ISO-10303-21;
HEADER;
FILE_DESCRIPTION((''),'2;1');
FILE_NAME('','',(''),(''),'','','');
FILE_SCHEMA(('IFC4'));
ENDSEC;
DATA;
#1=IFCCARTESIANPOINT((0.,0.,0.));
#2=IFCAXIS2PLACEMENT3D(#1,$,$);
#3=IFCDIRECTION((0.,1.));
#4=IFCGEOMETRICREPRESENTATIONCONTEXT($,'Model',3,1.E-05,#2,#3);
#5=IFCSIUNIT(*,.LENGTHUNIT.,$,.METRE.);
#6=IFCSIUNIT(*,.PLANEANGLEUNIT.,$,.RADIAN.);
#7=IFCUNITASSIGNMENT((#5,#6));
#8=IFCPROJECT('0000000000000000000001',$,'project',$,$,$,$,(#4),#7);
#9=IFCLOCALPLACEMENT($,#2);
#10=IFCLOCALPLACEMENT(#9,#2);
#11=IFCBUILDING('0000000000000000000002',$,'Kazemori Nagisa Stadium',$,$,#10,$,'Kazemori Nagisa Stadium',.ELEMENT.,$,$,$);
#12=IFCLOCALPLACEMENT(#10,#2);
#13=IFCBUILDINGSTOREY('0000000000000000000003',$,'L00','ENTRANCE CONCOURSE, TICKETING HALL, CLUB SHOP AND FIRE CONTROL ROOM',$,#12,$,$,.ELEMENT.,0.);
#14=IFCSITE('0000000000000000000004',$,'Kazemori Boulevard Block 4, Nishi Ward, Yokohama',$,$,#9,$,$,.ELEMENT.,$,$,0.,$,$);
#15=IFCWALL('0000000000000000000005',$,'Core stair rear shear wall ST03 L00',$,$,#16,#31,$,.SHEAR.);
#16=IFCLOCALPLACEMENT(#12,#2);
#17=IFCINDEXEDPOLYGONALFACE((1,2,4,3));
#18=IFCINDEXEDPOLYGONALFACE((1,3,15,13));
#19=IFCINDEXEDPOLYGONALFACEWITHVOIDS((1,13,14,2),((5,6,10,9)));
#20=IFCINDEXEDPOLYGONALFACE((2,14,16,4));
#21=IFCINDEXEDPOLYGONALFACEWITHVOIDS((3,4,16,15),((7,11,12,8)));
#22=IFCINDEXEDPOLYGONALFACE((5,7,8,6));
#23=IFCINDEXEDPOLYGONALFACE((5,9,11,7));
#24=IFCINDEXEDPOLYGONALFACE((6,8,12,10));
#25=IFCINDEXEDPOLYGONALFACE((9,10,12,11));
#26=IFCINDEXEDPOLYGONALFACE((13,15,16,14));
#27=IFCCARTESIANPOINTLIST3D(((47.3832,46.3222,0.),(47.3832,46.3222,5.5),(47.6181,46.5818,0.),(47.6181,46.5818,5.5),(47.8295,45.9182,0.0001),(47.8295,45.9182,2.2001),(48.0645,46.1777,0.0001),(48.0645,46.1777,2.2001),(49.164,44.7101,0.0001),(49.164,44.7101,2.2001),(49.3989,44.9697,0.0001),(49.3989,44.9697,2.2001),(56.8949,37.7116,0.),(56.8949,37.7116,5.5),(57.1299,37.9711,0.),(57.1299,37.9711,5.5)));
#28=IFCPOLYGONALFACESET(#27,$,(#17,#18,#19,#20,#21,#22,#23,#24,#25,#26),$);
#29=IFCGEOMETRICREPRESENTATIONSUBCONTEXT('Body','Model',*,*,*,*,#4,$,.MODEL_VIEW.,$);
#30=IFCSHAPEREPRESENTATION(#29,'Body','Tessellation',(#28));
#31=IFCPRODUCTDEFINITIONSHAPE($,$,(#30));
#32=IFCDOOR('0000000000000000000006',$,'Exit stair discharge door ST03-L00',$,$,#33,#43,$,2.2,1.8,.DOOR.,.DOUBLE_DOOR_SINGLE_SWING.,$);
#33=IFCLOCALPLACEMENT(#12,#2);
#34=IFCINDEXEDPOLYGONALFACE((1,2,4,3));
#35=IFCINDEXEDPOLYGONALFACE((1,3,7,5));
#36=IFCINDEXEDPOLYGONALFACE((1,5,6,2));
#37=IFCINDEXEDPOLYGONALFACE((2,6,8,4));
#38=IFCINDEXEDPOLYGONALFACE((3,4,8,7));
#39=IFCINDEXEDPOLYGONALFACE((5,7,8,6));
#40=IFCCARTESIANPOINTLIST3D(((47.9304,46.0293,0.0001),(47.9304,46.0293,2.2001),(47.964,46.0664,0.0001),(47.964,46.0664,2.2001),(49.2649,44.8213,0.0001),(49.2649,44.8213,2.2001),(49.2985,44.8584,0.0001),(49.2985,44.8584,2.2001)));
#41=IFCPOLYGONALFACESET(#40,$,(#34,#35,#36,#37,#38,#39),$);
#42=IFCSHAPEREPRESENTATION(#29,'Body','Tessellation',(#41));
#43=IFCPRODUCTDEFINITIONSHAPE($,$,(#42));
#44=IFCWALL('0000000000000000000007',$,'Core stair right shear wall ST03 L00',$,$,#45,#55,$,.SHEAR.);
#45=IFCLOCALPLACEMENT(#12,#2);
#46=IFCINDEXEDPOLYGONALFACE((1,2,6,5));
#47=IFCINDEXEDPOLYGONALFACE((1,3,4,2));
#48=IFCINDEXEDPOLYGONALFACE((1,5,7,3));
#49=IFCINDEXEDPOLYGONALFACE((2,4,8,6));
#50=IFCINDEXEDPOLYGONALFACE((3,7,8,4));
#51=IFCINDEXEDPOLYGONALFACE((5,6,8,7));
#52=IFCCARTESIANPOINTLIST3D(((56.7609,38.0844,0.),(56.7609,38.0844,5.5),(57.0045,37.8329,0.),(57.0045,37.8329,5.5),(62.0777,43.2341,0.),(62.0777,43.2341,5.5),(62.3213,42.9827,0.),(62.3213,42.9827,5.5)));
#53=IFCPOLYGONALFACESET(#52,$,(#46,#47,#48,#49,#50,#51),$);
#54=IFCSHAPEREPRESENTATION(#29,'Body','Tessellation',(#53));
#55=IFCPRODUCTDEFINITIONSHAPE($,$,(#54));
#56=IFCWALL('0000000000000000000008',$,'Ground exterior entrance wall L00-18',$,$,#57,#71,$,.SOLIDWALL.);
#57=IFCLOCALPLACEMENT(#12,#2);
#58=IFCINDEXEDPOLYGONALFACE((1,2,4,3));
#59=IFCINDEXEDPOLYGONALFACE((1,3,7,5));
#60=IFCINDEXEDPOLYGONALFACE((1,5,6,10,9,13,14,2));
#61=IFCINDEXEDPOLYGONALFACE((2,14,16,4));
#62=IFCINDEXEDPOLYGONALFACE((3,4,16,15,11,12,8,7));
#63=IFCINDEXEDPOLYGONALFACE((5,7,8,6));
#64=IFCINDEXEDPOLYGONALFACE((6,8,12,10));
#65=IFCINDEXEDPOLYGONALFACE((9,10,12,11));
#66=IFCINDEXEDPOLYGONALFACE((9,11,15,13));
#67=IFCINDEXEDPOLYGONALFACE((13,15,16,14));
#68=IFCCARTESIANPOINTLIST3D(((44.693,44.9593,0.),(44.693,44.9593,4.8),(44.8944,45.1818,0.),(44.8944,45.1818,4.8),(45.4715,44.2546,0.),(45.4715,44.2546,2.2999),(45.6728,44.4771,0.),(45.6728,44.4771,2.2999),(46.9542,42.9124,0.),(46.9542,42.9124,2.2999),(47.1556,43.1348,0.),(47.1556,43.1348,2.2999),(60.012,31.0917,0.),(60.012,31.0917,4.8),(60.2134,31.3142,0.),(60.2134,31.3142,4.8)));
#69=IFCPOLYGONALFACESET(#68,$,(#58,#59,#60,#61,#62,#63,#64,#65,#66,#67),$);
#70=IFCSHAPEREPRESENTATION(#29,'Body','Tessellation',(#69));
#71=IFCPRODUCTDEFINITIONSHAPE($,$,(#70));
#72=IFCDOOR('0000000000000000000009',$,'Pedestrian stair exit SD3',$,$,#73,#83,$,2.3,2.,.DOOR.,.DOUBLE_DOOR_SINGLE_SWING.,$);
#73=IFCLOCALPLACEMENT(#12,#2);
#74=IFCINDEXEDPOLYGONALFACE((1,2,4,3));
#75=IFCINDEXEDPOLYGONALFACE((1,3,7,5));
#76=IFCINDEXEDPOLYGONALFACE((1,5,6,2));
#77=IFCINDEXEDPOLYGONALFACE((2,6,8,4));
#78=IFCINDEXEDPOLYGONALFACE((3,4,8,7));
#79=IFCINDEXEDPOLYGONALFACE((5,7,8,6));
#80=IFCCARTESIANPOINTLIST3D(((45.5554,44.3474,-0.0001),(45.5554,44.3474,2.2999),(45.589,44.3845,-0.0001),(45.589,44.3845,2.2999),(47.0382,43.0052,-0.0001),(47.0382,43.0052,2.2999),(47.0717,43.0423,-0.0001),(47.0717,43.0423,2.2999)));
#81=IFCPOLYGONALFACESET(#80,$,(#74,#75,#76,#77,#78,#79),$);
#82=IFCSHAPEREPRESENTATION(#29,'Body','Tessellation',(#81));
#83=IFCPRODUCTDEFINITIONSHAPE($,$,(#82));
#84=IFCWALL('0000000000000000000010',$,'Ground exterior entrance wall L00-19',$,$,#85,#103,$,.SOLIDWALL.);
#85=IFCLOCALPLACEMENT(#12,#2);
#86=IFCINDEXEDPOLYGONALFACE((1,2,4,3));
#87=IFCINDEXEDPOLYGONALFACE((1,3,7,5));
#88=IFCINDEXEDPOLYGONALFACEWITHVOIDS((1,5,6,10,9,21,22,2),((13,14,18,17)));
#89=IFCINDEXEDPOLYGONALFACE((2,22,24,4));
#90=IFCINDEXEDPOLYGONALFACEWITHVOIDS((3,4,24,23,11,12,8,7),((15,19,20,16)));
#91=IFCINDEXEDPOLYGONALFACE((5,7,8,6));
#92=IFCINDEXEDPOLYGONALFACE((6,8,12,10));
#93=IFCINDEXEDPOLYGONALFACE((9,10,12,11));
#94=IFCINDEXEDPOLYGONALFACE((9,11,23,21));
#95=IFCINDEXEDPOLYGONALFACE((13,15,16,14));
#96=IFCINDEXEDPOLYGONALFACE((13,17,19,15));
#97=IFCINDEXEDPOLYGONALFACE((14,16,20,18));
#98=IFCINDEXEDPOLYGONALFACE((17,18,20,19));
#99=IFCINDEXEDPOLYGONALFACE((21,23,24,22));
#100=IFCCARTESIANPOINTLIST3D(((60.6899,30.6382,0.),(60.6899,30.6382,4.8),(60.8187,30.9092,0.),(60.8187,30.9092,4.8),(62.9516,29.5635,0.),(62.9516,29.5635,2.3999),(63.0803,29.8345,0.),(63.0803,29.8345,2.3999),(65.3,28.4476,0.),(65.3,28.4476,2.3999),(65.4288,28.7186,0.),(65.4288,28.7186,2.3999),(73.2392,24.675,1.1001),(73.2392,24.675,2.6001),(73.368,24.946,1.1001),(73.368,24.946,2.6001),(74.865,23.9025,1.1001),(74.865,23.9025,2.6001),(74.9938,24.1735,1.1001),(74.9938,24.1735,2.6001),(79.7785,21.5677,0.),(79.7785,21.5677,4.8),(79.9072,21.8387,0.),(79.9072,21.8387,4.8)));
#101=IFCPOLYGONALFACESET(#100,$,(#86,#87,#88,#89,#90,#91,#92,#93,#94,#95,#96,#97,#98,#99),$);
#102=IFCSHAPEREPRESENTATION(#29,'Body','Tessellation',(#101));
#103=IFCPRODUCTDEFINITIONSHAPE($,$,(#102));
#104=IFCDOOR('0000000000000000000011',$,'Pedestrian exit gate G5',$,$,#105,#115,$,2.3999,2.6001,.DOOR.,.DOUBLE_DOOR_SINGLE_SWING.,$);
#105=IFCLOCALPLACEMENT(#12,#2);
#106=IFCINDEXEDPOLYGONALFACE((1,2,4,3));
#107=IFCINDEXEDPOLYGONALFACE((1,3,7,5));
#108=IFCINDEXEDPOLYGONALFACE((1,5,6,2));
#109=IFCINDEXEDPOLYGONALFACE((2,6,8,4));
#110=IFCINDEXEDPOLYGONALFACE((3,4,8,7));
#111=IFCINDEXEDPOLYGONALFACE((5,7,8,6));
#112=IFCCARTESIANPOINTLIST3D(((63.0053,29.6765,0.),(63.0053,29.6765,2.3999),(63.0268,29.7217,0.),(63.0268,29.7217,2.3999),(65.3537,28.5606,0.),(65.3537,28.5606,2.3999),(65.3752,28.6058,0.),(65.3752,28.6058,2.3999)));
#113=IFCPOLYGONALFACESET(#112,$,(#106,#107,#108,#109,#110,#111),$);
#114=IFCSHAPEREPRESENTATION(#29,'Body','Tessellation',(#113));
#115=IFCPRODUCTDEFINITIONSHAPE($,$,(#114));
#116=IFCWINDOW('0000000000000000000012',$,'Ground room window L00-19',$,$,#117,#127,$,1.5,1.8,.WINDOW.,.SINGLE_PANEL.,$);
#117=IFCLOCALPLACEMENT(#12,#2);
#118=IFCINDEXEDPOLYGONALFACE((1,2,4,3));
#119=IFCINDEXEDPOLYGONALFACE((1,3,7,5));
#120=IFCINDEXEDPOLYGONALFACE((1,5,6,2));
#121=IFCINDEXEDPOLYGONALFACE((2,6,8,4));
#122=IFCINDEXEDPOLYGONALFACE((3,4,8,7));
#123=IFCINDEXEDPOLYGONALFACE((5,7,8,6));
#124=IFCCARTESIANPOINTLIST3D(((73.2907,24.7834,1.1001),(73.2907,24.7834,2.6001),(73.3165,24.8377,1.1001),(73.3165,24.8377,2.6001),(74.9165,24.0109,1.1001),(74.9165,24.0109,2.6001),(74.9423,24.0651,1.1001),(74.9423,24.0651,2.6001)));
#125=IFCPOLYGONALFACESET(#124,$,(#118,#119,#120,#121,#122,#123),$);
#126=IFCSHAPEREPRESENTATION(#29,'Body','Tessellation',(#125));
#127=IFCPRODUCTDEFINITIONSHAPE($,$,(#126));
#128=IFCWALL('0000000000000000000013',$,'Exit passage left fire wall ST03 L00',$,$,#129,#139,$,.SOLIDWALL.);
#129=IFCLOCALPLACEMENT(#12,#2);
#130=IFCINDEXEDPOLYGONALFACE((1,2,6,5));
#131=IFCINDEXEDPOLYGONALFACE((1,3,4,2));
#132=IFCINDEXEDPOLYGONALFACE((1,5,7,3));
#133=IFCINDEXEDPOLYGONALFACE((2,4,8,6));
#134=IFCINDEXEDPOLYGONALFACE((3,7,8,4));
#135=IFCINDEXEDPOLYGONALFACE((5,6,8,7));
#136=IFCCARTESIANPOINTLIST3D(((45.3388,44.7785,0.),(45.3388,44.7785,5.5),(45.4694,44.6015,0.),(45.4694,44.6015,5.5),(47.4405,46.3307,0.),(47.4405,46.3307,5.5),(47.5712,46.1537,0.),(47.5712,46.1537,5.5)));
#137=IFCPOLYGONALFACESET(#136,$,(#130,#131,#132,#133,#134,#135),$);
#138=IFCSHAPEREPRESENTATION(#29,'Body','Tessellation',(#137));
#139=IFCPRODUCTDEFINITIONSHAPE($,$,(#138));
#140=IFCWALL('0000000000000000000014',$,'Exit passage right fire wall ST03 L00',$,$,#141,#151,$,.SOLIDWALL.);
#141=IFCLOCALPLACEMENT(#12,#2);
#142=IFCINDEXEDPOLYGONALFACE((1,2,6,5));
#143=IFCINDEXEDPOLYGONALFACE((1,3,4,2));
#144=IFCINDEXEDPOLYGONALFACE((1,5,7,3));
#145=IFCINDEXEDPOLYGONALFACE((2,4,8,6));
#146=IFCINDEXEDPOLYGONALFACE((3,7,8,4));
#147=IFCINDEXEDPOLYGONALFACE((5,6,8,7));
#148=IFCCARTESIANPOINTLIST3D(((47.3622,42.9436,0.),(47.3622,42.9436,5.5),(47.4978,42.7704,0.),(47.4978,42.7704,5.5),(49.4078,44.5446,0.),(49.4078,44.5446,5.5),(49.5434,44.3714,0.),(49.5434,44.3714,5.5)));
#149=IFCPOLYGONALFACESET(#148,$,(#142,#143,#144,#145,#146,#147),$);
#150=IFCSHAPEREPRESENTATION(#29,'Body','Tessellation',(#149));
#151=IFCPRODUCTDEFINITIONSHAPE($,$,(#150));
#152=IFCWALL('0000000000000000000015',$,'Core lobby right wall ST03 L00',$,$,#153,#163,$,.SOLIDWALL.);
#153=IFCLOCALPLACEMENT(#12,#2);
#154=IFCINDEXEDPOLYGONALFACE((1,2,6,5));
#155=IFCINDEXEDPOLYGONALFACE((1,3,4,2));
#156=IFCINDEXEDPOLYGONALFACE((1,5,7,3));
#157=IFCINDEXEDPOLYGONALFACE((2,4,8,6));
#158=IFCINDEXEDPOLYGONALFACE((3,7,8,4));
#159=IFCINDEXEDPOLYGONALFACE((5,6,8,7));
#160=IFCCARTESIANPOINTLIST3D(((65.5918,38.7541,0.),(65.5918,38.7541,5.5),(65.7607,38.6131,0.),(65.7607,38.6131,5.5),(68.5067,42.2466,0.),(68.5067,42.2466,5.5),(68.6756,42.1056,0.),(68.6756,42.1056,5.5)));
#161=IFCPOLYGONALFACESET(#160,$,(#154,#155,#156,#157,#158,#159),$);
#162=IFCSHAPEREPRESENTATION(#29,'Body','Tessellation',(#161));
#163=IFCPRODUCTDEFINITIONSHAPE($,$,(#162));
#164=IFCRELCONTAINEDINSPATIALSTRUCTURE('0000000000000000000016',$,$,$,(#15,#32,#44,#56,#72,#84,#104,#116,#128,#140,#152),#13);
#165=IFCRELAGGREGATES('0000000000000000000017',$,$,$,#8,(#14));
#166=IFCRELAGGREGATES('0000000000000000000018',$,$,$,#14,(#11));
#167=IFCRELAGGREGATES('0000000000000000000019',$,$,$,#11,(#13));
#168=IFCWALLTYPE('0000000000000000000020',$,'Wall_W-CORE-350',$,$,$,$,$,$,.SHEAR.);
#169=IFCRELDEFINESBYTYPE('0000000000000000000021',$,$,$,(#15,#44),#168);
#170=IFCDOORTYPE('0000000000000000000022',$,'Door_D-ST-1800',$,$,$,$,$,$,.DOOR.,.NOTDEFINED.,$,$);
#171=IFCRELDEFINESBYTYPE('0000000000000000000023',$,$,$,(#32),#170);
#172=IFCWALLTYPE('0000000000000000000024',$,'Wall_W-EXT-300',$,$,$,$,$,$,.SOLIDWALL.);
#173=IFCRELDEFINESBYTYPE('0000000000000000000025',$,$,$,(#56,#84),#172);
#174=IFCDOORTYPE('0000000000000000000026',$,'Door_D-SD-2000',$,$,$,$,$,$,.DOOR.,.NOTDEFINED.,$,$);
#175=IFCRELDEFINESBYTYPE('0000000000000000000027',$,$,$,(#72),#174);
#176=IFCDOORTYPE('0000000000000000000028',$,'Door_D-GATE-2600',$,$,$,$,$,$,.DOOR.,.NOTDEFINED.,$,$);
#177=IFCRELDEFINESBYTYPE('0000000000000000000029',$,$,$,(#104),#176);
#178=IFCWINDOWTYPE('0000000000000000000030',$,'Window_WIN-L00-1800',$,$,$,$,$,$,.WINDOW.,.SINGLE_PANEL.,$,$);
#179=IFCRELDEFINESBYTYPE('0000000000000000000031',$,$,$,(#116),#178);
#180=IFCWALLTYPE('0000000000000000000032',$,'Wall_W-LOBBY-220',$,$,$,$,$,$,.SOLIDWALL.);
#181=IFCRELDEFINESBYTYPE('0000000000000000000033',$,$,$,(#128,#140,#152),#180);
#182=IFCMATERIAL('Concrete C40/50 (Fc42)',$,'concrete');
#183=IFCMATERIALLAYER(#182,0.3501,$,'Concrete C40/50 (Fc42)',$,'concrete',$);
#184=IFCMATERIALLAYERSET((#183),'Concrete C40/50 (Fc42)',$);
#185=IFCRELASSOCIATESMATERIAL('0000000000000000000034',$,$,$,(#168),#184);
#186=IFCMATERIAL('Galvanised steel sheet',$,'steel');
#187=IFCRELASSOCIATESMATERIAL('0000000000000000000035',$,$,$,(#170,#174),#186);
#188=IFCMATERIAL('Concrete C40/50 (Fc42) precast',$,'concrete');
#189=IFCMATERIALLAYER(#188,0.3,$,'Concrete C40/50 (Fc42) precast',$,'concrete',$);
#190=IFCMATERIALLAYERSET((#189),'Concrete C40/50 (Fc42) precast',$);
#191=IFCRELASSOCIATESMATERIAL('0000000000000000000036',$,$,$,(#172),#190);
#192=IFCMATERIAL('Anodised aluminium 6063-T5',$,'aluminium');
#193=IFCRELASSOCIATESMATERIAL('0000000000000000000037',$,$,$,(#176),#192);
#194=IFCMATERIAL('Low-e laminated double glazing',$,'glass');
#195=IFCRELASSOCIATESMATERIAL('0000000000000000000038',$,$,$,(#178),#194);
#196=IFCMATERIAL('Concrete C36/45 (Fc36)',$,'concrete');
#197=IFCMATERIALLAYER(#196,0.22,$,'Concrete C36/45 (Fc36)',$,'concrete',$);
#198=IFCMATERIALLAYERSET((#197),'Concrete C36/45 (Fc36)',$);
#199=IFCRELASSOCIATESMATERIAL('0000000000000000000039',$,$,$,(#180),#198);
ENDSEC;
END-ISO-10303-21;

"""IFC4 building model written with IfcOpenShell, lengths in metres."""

from ifc_helpers import new_model, si_unit, direction, frame, frame_2d, origin, place, context, subcontext, project, spatial, rectangle, extrude, material, layer, layer_set, type_object, element, fill, save


model = new_model("IFC4")

# Units and contexts
model_context = context("Model", 3, precision=1e-05, world=origin(), true_north=direction((0.0, 1.0)))
body_context = subcontext(model_context, "Body", "Model", "MODEL_VIEW")
ifc_project = project(units=[si_unit("LENGTHUNIT", "METRE"), si_unit("PLANEANGLEUNIT", "RADIAN")], contexts=[model_context])

# Site, building, storey
site_placement = place(None, origin())
site = spatial("IfcSite", under=ifc_project, at=site_placement, Name="Kazemori Boulevard Block 4, Nishi Ward, Yokohama", CompositionType="ELEMENT", RefElevation=0.0)
building_placement = place(site_placement, origin())
building = spatial("IfcBuilding", under=site, at=building_placement, Name="Kazemori Nagisa Stadium", LongName="Kazemori Nagisa Stadium", CompositionType="ELEMENT")
storey_placement = place(building_placement, origin())
storey = spatial("IfcBuildingStorey", under=building, at=storey_placement, Name="L00", Description="ENTRANCE CONCOURSE, TICKETING HALL, CLUB SHOP AND FIRE CONTROL ROOM", CompositionType="ELEMENT", Elevation=0.0)

# Shared definitions
ifc_material_1 = material(Name="Concrete C40/50 (Fc42)", Category="concrete")

# Wall, opening, door
ifc_layer_1 = layer(ifc_material_1, 0.3501, Name="Concrete C40/50 (Fc42)", Category="concrete")
ifc_layer_set_1 = layer_set([ifc_layer_1], Name="Concrete C40/50 (Fc42)")
wall_type_1 = type_object("IfcWallType", Name="Wall_W-CORE-350", PredefinedType="SHEAR", material=ifc_layer_set_1)
wall_1_placement = place(storey_placement, frame((47.5007, 46.4519, 0.0), z_axis=(0.0, 0.0, 1.0), x_axis=(0.741351, -0.671117, 0.0)))
wall_1 = element("IfcWall", 1, at=wall_1_placement, inside=storey, type_object=wall_type_1, Name="Core stair rear shear wall ST03 L00", PredefinedType="SHEAR", context=body_context, shape_type="SweptSolid", body=[
    extrude(rectangle(XDim=12.8303, YDim=0.3501, at=frame_2d((6.415, 0.0))), origin(), (0.0, 0.0, 1.0), 5.5),
])
opening_1_placement = place(wall_1_placement, frame((0.6021, 0.0, 0.0)))
opening_1 = element("IfcOpeningElement", 2, at=opening_1_placement, cuts=wall_1, PredefinedType="OPENING", context=body_context, shape_type="SweptSolid", body=[
    extrude(rectangle(XDim=1.8, YDim=2.2, at=frame_2d((0.8999, 1.1001))), frame((0.0, 0.1851, 0.0), z_axis=(0.0, -1.0, 0.0), x_axis=(1.0, 0.0, 0.0)), (0.0, 0.0, 1.0), 0.3701),
])
ifc_material_2 = material(Name="Galvanised steel sheet", Category="steel")
door_type_1 = type_object("IfcDoorType", Name="Door_D-ST-1800", OperationType="NOTDEFINED", PredefinedType="DOOR", material=ifc_material_2)
door_1_placement = place(opening_1_placement, frame((1.8, 0.0, 0.0), z_axis=(0.0, 0.0, 1.0), x_axis=(-1.0, 0.0, 0.0)))
door_1 = element("IfcDoor", 3, at=door_1_placement, inside=storey, type_object=door_type_1, Name="Exit stair discharge door ST03-L00", OperationType="DOUBLE_DOOR_SINGLE_SWING", OverallHeight=2.2, OverallWidth=1.8, PredefinedType="DOOR", context=body_context, shape_type="SweptSolid", body=[
    extrude(rectangle(XDim=1.8, YDim=2.2, at=frame_2d((0.8999, 1.1001))), frame((0.0, 0.0249, 0.0), z_axis=(0.0, -1.0, 0.0), x_axis=(1.0, 0.0, 0.0)), (0.0, 0.0, 1.0), 0.05),
])
fill(opening_1, door_1)

# Wall
wall_2_placement = place(storey_placement, frame((62.1995, 43.1084, 0.0), z_axis=(0.0, 0.0, 1.0), x_axis=(-0.718297, -0.695736, 0.0)))
element("IfcWall", 4, at=wall_2_placement, inside=storey, type_object=wall_type_1, Name="Core stair right shear wall ST03 L00", PredefinedType="SHEAR", context=body_context, shape_type="SweptSolid", body=[
    extrude(rectangle(XDim=7.4019, YDim=0.3501, at=frame_2d((3.7009, 0.0))), origin(), (0.0, 0.0, 1.0), 5.5),
])

# Wall, opening, door
ifc_material_3 = material(Name="Concrete C40/50 (Fc42) precast", Category="concrete")
ifc_layer_2 = layer(ifc_material_3, 0.3, Name="Concrete C40/50 (Fc42) precast", Category="concrete")
ifc_layer_set_2 = layer_set([ifc_layer_2], Name="Concrete C40/50 (Fc42) precast")
wall_type_2 = type_object("IfcWallType", Name="Wall_W-EXT-300", PredefinedType="SOLIDWALL", material=ifc_layer_set_2)
wall_3_placement = place(storey_placement, frame((44.7937, 45.0706, 0.0), z_axis=(0.0, 0.0, 1.0), x_axis=(0.741354, -0.671114, 0.0)))
wall_3 = element("IfcWall", 5, at=wall_3_placement, inside=storey, type_object=wall_type_2, Name="Ground exterior entrance wall L00-18", PredefinedType="SOLIDWALL", context=body_context, shape_type="SweptSolid", body=[
    extrude(rectangle(XDim=20.6636, YDim=0.3, at=frame_2d((10.3318, 0.0))), origin(), (0.0, 0.0, 1.0), 4.8),
])
opening_2_placement = place(wall_3_placement, frame((1.05, 0.0, 0.0)))
opening_2 = element("IfcOpeningElement", 6, at=opening_2_placement, cuts=wall_3, PredefinedType="OPENING", context=body_context, shape_type="SweptSolid", body=[
    extrude(rectangle(XDim=2.0, YDim=2.3, at=frame_2d((1.0, 1.1499))), frame((0.0, 0.1599, 0.0), z_axis=(0.0, -1.0, 0.0), x_axis=(1.0, 0.0, 0.0)), (0.0, 0.0, 1.0), 0.3201),
])
door_type_2 = type_object("IfcDoorType", Name="Door_D-SD-2000", OperationType="NOTDEFINED", PredefinedType="DOOR", material=ifc_material_2)
door_2_placement = place(opening_2_placement, frame((2.0, 0.0, 0.0), z_axis=(0.0, 0.0, 1.0), x_axis=(-1.0, 0.0, 0.0)))
door_2 = element("IfcDoor", 7, at=door_2_placement, inside=storey, type_object=door_type_2, Name="Pedestrian stair exit SD3", OperationType="DOUBLE_DOOR_SINGLE_SWING", OverallHeight=2.3, OverallWidth=2.0, PredefinedType="DOOR", context=body_context, shape_type="SweptSolid", body=[
    extrude(rectangle(XDim=2.0, YDim=2.3, at=frame_2d((1.0, 1.1499))), frame((0.0, 0.0249, 0.0), z_axis=(0.0, -1.0, 0.0), x_axis=(1.0, 0.0, 0.0)), (0.0, 0.0, 1.0), 0.05),
])
fill(opening_2, door_2)

# Wall, openings, door, window
wall_4_placement = place(storey_placement, frame((60.7544, 30.7737, 0.0), z_axis=(0.0, 0.0, 1.0), x_axis=(0.903214, -0.42919, 0.0)))
wall_4 = element("IfcWall", 8, at=wall_4_placement, inside=storey, type_object=wall_type_2, Name="Ground exterior entrance wall L00-19", PredefinedType="SOLIDWALL", context=body_context, shape_type="SweptSolid", body=[
    extrude(rectangle(XDim=21.134, YDim=0.3, at=frame_2d((10.5669, 0.0))), origin(), (0.0, 0.0, 1.0), 4.8),
])
opening_3_placement = place(wall_4_placement, frame((2.5039, 0.0, 0.0)))
opening_3 = element("IfcOpeningElement", 9, at=opening_3_placement, cuts=wall_4, PredefinedType="OPENING", context=body_context, shape_type="SweptSolid", body=[
    extrude(rectangle(XDim=2.6001, YDim=2.3999, at=frame_2d((1.3, 1.2))), frame((0.0, 0.1599, 0.0), z_axis=(0.0, -1.0, 0.0), x_axis=(1.0, 0.0, 0.0)), (0.0, 0.0, 1.0), 0.3201),
])
opening_4_placement = place(wall_4_placement, frame((13.894, 0.0, 1.1001)))
opening_4 = element("IfcOpeningElement", 10, at=opening_4_placement, cuts=wall_4, PredefinedType="OPENING", context=body_context, shape_type="SweptSolid", body=[
    extrude(rectangle(XDim=1.8, YDim=1.5, at=frame_2d((0.8999, 0.75))), frame((0.0, 0.1599, 0.0), z_axis=(0.0, -1.0, 0.0), x_axis=(1.0, 0.0, 0.0)), (0.0, 0.0, 1.0), 0.3201),
])
ifc_material_4 = material(Name="Anodised aluminium 6063-T5", Category="aluminium")
door_type_3 = type_object("IfcDoorType", Name="Door_D-GATE-2600", OperationType="NOTDEFINED", PredefinedType="DOOR", material=ifc_material_4)
door_3_placement = place(opening_3_placement, frame((2.6001, 0.0, 0.0), z_axis=(0.0, 0.0, 1.0), x_axis=(-1.0, 0.0, 0.0)))
door_3 = element("IfcDoor", 11, at=door_3_placement, inside=storey, type_object=door_type_3, Name="Pedestrian exit gate G5", OperationType="DOUBLE_DOOR_SINGLE_SWING", OverallHeight=2.3999, OverallWidth=2.6001, PredefinedType="DOOR", context=body_context, shape_type="SweptSolid", body=[
    extrude(rectangle(XDim=2.6001, YDim=2.3999, at=frame_2d((1.3, 1.2))), frame((0.0, 0.0249, 0.0), z_axis=(0.0, -1.0, 0.0), x_axis=(1.0, 0.0, 0.0)), (0.0, 0.0, 1.0), 0.05),
])
fill(opening_3, door_3)
ifc_material_5 = material(Name="Low-e laminated double glazing", Category="glass")
window_type = type_object("IfcWindowType", Name="Window_WIN-L00-1800", PartitioningType="SINGLE_PANEL", PredefinedType="WINDOW", material=ifc_material_5)
window_placement = place(opening_4_placement, origin())
window = element("IfcWindow", 12, at=window_placement, inside=storey, type_object=window_type, Name="Ground room window L00-19", OverallHeight=1.5, OverallWidth=1.8, PartitioningType="SINGLE_PANEL", PredefinedType="WINDOW", context=body_context, shape_type="SweptSolid", body=[
    extrude(rectangle(XDim=1.8, YDim=1.5, at=frame_2d((0.8999, 0.75))), frame((0.0, 0.03, 0.0), z_axis=(0.0, -1.0, 0.0), x_axis=(1.0, 0.0, 0.0)), (0.0, 0.0, 1.0), 0.0601),
])
fill(opening_4, window)

# Walls
ifc_material_6 = material(Name="Concrete C36/45 (Fc36)", Category="concrete")
ifc_layer_3 = layer(ifc_material_6, 0.22, Name="Concrete C36/45 (Fc36)", Category="concrete")
ifc_layer_set_3 = layer_set([ifc_layer_3], Name="Concrete C36/45 (Fc36)")
wall_type_3 = type_object("IfcWallType", Name="Wall_W-LOBBY-220", PredefinedType="SOLIDWALL", material=ifc_layer_set_3)
wall_5_placement = place(storey_placement, frame((47.5059, 46.2422, 0.0), z_axis=(0.0, 0.0, 1.0), x_axis=(-0.804407, -0.594078, 0.0)))
element("IfcWall", 13, at=wall_5_placement, inside=storey, type_object=wall_type_3, Name="Exit passage left fire wall ST03 L00", PredefinedType="SOLIDWALL", context=body_context, shape_type="SweptSolid", body=[
    extrude(rectangle(XDim=2.6128, YDim=0.22, at=frame_2d((1.3064, 0.0))), origin(), (0.0, 0.0, 1.0), 5.5),
])
wall_6_placement = place(storey_placement, frame((49.4756, 44.458, 0.0), z_axis=(0.0, 0.0, 1.0), x_axis=(-0.787481, -0.616339, 0.0)))
element("IfcWall", 14, at=wall_6_placement, inside=storey, type_object=wall_type_3, Name="Exit passage right fire wall ST03 L00", PredefinedType="SOLIDWALL", context=body_context, shape_type="SweptSolid", body=[
    extrude(rectangle(XDim=2.5977, YDim=0.22, at=frame_2d((1.2988, 0.0))), origin(), (0.0, 0.0, 1.0), 5.5),
])
wall_7_placement = place(storey_placement, frame((68.5911, 42.176, 0.0), z_axis=(0.0, 0.0, 1.0), x_axis=(-0.64076, -0.767742, 0.0)))
element("IfcWall", 15, at=wall_7_placement, inside=storey, type_object=wall_type_3, Name="Core lobby right wall ST03 L00", PredefinedType="SOLIDWALL", context=body_context, shape_type="SweptSolid", body=[
    extrude(rectangle(XDim=4.5491, YDim=0.22, at=frame_2d((2.2744, 0.0))), origin(), (0.0, 0.0, 1.0), 5.5),
])

save(model, "model.ifc")
